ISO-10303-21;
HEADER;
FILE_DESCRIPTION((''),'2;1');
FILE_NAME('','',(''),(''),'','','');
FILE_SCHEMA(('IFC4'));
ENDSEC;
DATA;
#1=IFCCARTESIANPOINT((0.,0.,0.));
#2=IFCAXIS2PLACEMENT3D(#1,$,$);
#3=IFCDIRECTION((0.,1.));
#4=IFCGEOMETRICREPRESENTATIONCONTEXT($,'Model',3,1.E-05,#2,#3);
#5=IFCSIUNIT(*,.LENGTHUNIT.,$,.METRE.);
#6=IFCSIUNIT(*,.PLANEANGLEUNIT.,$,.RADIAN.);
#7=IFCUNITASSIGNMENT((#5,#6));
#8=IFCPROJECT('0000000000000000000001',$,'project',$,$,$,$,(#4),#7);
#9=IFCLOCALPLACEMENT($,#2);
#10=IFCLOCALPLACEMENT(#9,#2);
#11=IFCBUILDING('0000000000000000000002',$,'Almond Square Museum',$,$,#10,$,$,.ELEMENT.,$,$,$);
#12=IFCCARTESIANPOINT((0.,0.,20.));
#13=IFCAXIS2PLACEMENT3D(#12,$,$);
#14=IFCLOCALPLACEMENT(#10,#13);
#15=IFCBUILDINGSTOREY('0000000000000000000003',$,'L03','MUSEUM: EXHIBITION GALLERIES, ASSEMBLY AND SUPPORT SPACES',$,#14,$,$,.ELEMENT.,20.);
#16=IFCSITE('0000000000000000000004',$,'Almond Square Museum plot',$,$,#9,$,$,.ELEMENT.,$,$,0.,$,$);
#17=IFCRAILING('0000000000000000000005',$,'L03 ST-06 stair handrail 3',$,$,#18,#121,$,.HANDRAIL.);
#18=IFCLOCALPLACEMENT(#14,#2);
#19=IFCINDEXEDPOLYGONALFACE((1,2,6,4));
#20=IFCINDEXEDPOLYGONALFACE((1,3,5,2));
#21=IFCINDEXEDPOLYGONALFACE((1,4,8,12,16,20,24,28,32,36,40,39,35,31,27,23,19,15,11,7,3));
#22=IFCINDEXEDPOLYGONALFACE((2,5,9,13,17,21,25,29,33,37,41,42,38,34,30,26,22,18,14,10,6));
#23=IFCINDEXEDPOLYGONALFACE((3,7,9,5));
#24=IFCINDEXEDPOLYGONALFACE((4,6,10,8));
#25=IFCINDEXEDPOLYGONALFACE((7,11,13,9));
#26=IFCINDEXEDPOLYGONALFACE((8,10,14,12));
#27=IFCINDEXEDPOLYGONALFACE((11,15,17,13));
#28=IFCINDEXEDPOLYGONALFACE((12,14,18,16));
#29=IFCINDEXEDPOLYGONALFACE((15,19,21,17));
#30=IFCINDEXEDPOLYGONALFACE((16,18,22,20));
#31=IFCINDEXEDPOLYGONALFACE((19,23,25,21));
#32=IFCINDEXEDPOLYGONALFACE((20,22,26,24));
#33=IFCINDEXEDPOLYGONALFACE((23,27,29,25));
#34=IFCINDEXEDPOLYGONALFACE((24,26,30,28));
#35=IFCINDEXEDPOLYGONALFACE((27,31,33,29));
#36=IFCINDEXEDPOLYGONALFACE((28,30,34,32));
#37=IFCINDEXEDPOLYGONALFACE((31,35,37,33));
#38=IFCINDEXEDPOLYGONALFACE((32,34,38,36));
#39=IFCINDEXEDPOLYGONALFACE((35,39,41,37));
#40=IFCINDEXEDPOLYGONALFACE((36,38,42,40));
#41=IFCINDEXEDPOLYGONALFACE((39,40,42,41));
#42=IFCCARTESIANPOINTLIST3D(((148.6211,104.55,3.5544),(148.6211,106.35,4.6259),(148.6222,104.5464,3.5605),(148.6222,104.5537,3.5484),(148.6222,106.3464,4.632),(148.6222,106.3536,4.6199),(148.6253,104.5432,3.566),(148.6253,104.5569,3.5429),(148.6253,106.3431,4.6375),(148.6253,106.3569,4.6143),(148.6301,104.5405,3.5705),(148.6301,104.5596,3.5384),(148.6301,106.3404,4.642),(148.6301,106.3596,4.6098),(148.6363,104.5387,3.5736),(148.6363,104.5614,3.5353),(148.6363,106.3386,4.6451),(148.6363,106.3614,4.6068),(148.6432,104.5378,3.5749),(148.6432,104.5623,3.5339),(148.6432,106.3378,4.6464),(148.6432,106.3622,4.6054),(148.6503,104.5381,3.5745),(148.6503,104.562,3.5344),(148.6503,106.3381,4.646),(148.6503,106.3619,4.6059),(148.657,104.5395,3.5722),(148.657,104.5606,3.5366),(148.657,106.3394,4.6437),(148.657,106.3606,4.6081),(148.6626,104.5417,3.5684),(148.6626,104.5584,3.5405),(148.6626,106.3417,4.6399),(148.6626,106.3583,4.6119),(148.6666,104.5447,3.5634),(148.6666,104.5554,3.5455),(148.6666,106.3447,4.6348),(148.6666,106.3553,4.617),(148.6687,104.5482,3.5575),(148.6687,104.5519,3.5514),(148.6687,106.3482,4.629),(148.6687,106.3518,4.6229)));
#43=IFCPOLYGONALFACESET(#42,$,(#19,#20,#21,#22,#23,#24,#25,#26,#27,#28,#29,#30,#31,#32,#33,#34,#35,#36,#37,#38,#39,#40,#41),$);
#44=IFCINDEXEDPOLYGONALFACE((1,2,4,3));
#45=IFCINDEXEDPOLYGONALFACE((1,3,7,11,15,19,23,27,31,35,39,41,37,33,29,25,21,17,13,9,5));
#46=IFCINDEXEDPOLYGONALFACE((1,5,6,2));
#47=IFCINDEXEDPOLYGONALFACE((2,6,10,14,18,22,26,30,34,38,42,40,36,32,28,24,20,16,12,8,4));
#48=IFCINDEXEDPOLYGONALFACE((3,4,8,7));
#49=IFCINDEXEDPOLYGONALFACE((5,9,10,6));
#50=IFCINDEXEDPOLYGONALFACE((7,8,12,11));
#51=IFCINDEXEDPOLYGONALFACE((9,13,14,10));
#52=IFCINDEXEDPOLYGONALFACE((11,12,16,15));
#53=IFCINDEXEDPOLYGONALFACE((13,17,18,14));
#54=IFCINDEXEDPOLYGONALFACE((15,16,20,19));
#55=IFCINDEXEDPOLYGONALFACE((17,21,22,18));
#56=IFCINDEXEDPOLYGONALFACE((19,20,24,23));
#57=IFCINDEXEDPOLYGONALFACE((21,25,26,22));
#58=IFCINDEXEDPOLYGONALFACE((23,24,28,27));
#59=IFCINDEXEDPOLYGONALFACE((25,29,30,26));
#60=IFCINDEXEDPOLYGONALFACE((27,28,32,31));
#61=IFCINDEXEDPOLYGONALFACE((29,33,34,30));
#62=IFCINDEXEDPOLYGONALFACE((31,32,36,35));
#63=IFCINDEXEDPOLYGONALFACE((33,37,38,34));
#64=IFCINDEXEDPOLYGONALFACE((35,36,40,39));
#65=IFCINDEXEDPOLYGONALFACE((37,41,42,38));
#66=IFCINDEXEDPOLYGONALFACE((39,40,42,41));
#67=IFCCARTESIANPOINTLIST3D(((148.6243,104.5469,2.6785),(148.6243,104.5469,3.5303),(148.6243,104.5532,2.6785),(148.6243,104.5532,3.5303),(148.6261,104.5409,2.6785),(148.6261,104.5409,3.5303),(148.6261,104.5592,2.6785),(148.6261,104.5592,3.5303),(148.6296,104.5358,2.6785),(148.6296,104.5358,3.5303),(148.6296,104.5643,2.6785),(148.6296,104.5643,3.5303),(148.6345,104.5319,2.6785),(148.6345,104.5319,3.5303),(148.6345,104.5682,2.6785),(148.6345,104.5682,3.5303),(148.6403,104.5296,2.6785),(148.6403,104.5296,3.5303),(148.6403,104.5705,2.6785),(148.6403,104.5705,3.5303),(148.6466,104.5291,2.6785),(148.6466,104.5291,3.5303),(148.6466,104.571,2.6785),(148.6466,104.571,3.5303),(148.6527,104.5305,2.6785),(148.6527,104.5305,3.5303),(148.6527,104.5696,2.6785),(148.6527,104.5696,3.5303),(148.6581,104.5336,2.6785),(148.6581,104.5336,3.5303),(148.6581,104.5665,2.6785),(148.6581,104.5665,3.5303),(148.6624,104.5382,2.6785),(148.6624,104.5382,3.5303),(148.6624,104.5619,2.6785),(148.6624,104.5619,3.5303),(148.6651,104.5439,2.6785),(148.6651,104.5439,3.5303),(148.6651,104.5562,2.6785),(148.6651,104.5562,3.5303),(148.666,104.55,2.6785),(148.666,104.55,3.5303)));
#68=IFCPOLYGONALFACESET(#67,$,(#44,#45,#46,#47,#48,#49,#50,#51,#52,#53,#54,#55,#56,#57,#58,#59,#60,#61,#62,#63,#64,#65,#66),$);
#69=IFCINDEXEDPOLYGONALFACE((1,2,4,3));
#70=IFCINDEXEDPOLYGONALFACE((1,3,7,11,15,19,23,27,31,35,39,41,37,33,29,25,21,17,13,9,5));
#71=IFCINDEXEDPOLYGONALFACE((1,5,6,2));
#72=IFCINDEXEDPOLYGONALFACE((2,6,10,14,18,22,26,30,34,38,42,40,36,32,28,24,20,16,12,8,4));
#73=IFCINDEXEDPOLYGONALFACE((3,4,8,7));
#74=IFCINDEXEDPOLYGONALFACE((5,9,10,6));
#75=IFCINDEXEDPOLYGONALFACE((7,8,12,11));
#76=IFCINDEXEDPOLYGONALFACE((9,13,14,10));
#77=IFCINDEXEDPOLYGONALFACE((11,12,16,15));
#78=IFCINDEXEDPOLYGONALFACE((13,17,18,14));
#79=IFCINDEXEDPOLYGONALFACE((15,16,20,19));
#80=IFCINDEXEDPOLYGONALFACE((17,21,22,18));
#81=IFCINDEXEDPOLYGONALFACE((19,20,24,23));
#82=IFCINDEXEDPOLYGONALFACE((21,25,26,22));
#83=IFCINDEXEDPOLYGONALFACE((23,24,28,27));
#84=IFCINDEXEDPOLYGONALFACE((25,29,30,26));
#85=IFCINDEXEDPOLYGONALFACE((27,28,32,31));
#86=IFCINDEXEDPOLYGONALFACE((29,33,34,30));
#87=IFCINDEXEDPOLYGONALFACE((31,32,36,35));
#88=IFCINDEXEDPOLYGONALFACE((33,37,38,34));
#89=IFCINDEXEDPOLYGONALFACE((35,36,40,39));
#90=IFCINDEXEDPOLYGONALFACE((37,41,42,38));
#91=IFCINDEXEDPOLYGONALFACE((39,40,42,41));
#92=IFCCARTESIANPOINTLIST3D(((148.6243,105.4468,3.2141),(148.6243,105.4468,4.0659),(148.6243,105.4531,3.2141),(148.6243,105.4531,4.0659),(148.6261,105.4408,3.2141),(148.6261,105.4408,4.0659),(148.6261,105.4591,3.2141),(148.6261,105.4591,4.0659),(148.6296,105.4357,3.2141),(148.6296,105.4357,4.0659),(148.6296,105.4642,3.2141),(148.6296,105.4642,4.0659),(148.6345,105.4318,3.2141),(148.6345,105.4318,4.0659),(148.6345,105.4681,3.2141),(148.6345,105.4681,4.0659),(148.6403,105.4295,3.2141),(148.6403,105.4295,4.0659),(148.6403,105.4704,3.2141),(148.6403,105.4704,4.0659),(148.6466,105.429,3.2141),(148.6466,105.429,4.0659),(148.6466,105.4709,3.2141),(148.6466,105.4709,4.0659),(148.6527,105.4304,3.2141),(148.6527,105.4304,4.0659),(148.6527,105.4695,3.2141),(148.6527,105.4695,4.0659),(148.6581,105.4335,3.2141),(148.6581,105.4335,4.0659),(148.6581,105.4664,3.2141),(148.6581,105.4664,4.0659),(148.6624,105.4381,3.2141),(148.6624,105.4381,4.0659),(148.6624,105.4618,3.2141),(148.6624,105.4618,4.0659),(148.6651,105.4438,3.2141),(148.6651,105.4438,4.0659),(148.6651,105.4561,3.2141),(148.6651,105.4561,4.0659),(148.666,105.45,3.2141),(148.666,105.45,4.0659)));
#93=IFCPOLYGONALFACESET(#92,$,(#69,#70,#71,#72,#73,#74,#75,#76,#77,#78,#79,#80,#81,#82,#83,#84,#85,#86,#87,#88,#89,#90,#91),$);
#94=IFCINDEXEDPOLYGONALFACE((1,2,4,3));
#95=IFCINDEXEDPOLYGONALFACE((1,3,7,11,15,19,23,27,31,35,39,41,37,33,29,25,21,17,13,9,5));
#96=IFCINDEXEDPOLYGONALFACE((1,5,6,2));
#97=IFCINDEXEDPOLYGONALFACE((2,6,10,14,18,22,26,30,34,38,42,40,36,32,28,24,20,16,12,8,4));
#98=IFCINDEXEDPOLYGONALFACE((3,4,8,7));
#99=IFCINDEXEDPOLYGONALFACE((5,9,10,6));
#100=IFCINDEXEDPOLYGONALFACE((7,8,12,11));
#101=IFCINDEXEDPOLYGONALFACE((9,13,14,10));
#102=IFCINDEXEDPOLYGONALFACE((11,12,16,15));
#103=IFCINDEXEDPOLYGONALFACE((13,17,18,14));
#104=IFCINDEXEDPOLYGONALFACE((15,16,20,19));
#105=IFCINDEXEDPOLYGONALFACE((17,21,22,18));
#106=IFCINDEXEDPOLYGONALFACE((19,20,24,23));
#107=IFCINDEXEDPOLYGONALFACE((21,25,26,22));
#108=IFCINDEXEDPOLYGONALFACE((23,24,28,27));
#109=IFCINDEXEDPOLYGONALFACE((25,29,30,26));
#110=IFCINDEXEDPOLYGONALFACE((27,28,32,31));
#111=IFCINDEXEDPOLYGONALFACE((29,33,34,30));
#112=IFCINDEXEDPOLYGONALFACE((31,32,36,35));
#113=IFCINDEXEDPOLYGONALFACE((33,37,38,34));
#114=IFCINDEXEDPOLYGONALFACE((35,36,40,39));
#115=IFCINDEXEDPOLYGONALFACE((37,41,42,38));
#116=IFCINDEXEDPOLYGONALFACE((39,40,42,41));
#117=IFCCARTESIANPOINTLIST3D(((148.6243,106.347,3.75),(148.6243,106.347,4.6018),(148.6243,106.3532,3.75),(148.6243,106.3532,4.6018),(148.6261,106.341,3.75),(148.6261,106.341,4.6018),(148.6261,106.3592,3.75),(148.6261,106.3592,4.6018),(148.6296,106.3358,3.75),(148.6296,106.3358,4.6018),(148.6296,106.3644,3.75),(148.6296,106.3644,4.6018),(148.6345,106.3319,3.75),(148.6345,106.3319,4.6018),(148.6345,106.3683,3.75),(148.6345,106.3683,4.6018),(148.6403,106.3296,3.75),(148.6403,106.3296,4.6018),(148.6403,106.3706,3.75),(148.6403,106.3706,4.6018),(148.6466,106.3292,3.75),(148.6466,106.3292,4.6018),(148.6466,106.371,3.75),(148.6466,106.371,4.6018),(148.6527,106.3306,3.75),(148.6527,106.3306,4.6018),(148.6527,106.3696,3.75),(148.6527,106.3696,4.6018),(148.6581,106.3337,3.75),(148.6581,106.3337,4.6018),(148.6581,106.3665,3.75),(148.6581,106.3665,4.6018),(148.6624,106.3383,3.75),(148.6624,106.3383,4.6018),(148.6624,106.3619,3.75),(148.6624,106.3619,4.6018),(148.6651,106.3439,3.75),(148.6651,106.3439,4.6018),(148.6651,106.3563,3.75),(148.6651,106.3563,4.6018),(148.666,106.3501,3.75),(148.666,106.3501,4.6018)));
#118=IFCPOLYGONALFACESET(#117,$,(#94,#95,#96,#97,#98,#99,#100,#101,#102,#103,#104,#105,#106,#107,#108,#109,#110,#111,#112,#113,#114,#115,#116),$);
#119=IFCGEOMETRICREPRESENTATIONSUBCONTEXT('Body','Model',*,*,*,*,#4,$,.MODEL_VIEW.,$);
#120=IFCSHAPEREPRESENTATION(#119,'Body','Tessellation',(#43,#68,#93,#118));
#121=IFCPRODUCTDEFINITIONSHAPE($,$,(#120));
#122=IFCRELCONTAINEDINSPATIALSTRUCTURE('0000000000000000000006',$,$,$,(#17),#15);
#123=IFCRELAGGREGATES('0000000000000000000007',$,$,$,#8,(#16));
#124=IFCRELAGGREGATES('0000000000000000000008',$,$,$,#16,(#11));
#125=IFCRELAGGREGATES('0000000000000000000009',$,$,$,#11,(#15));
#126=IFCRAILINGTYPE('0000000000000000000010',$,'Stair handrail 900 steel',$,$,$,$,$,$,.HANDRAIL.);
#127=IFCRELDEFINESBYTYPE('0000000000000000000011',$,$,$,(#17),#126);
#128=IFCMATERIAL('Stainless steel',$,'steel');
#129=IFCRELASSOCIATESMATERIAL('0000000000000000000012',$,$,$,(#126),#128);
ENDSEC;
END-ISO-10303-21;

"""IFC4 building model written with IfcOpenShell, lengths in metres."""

from ifc_helpers import new_model, si_unit, direction, frame, origin, origin_2d, place, context, subcontext, project, spatial, circle, extrude, material, type_object, element, save


model = new_model("IFC4")

# Units and contexts
model_context = context("Model", 3, precision=1e-05, world=origin(), true_north=direction((0.0, 1.0)))
body_context = subcontext(model_context, "Body", "Model", "MODEL_VIEW")
ifc_project = project(units=[si_unit("LENGTHUNIT", "METRE"), si_unit("PLANEANGLEUNIT", "RADIAN")], contexts=[model_context])

# Site, building, storey
site_placement = place(None, origin())
site = spatial("IfcSite", under=ifc_project, at=site_placement, Name="Almond Square Museum plot", CompositionType="ELEMENT", RefElevation=0.0)
building_placement = place(site_placement, origin())
building = spatial("IfcBuilding", under=site, at=building_placement, Name="Almond Square Museum", CompositionType="ELEMENT")
storey_placement = place(building_placement, frame((0.0, 0.0, 20.0)))
storey = spatial("IfcBuildingStorey", under=building, at=storey_placement, Name="L03", Description="MUSEUM: EXHIBITION GALLERIES, ASSEMBLY AND SUPPORT SPACES", CompositionType="ELEMENT", Elevation=20.0)

# Railing
ifc_material_1 = material(Name="Stainless steel", Category="steel")
railing_type_1 = type_object("IfcRailingType", Name="Stair handrail 900 steel", PredefinedType="HANDRAIL", material=ifc_material_1)
railing_1_placement = place(storey_placement, frame((148.645, 104.55, 2.6785)))
element("IfcRailing", 1, at=railing_1_placement, inside=storey, type_object=railing_type_1, Name="L03 ST-06 stair handrail 3", PredefinedType="HANDRAIL", context=body_context, shape_type="SweptSolid", body=[
    extrude(circle(Radius=0.0239, at=origin_2d()), frame((0.0, 0.0, 0.876), z_axis=(0.0, 0.859277, 0.51151), x_axis=(-1.0, 0.0, 0.0)), (0.0, 0.0, 1.0), 2.0947),
    extrude(circle(Radius=0.021, at=origin_2d()), origin(), (0.0, 0.0, 1.0), 0.8518),
    extrude(circle(Radius=0.021, at=origin_2d()), frame((0.0, 0.8999, 0.5356)), (0.0, 0.0, 1.0), 0.8518),
    extrude(circle(Radius=0.021, at=origin_2d()), frame((0.0, 1.8, 1.0715)), (0.0, 0.0, 1.0), 0.8518),
])

save(model, "model.ifc")
